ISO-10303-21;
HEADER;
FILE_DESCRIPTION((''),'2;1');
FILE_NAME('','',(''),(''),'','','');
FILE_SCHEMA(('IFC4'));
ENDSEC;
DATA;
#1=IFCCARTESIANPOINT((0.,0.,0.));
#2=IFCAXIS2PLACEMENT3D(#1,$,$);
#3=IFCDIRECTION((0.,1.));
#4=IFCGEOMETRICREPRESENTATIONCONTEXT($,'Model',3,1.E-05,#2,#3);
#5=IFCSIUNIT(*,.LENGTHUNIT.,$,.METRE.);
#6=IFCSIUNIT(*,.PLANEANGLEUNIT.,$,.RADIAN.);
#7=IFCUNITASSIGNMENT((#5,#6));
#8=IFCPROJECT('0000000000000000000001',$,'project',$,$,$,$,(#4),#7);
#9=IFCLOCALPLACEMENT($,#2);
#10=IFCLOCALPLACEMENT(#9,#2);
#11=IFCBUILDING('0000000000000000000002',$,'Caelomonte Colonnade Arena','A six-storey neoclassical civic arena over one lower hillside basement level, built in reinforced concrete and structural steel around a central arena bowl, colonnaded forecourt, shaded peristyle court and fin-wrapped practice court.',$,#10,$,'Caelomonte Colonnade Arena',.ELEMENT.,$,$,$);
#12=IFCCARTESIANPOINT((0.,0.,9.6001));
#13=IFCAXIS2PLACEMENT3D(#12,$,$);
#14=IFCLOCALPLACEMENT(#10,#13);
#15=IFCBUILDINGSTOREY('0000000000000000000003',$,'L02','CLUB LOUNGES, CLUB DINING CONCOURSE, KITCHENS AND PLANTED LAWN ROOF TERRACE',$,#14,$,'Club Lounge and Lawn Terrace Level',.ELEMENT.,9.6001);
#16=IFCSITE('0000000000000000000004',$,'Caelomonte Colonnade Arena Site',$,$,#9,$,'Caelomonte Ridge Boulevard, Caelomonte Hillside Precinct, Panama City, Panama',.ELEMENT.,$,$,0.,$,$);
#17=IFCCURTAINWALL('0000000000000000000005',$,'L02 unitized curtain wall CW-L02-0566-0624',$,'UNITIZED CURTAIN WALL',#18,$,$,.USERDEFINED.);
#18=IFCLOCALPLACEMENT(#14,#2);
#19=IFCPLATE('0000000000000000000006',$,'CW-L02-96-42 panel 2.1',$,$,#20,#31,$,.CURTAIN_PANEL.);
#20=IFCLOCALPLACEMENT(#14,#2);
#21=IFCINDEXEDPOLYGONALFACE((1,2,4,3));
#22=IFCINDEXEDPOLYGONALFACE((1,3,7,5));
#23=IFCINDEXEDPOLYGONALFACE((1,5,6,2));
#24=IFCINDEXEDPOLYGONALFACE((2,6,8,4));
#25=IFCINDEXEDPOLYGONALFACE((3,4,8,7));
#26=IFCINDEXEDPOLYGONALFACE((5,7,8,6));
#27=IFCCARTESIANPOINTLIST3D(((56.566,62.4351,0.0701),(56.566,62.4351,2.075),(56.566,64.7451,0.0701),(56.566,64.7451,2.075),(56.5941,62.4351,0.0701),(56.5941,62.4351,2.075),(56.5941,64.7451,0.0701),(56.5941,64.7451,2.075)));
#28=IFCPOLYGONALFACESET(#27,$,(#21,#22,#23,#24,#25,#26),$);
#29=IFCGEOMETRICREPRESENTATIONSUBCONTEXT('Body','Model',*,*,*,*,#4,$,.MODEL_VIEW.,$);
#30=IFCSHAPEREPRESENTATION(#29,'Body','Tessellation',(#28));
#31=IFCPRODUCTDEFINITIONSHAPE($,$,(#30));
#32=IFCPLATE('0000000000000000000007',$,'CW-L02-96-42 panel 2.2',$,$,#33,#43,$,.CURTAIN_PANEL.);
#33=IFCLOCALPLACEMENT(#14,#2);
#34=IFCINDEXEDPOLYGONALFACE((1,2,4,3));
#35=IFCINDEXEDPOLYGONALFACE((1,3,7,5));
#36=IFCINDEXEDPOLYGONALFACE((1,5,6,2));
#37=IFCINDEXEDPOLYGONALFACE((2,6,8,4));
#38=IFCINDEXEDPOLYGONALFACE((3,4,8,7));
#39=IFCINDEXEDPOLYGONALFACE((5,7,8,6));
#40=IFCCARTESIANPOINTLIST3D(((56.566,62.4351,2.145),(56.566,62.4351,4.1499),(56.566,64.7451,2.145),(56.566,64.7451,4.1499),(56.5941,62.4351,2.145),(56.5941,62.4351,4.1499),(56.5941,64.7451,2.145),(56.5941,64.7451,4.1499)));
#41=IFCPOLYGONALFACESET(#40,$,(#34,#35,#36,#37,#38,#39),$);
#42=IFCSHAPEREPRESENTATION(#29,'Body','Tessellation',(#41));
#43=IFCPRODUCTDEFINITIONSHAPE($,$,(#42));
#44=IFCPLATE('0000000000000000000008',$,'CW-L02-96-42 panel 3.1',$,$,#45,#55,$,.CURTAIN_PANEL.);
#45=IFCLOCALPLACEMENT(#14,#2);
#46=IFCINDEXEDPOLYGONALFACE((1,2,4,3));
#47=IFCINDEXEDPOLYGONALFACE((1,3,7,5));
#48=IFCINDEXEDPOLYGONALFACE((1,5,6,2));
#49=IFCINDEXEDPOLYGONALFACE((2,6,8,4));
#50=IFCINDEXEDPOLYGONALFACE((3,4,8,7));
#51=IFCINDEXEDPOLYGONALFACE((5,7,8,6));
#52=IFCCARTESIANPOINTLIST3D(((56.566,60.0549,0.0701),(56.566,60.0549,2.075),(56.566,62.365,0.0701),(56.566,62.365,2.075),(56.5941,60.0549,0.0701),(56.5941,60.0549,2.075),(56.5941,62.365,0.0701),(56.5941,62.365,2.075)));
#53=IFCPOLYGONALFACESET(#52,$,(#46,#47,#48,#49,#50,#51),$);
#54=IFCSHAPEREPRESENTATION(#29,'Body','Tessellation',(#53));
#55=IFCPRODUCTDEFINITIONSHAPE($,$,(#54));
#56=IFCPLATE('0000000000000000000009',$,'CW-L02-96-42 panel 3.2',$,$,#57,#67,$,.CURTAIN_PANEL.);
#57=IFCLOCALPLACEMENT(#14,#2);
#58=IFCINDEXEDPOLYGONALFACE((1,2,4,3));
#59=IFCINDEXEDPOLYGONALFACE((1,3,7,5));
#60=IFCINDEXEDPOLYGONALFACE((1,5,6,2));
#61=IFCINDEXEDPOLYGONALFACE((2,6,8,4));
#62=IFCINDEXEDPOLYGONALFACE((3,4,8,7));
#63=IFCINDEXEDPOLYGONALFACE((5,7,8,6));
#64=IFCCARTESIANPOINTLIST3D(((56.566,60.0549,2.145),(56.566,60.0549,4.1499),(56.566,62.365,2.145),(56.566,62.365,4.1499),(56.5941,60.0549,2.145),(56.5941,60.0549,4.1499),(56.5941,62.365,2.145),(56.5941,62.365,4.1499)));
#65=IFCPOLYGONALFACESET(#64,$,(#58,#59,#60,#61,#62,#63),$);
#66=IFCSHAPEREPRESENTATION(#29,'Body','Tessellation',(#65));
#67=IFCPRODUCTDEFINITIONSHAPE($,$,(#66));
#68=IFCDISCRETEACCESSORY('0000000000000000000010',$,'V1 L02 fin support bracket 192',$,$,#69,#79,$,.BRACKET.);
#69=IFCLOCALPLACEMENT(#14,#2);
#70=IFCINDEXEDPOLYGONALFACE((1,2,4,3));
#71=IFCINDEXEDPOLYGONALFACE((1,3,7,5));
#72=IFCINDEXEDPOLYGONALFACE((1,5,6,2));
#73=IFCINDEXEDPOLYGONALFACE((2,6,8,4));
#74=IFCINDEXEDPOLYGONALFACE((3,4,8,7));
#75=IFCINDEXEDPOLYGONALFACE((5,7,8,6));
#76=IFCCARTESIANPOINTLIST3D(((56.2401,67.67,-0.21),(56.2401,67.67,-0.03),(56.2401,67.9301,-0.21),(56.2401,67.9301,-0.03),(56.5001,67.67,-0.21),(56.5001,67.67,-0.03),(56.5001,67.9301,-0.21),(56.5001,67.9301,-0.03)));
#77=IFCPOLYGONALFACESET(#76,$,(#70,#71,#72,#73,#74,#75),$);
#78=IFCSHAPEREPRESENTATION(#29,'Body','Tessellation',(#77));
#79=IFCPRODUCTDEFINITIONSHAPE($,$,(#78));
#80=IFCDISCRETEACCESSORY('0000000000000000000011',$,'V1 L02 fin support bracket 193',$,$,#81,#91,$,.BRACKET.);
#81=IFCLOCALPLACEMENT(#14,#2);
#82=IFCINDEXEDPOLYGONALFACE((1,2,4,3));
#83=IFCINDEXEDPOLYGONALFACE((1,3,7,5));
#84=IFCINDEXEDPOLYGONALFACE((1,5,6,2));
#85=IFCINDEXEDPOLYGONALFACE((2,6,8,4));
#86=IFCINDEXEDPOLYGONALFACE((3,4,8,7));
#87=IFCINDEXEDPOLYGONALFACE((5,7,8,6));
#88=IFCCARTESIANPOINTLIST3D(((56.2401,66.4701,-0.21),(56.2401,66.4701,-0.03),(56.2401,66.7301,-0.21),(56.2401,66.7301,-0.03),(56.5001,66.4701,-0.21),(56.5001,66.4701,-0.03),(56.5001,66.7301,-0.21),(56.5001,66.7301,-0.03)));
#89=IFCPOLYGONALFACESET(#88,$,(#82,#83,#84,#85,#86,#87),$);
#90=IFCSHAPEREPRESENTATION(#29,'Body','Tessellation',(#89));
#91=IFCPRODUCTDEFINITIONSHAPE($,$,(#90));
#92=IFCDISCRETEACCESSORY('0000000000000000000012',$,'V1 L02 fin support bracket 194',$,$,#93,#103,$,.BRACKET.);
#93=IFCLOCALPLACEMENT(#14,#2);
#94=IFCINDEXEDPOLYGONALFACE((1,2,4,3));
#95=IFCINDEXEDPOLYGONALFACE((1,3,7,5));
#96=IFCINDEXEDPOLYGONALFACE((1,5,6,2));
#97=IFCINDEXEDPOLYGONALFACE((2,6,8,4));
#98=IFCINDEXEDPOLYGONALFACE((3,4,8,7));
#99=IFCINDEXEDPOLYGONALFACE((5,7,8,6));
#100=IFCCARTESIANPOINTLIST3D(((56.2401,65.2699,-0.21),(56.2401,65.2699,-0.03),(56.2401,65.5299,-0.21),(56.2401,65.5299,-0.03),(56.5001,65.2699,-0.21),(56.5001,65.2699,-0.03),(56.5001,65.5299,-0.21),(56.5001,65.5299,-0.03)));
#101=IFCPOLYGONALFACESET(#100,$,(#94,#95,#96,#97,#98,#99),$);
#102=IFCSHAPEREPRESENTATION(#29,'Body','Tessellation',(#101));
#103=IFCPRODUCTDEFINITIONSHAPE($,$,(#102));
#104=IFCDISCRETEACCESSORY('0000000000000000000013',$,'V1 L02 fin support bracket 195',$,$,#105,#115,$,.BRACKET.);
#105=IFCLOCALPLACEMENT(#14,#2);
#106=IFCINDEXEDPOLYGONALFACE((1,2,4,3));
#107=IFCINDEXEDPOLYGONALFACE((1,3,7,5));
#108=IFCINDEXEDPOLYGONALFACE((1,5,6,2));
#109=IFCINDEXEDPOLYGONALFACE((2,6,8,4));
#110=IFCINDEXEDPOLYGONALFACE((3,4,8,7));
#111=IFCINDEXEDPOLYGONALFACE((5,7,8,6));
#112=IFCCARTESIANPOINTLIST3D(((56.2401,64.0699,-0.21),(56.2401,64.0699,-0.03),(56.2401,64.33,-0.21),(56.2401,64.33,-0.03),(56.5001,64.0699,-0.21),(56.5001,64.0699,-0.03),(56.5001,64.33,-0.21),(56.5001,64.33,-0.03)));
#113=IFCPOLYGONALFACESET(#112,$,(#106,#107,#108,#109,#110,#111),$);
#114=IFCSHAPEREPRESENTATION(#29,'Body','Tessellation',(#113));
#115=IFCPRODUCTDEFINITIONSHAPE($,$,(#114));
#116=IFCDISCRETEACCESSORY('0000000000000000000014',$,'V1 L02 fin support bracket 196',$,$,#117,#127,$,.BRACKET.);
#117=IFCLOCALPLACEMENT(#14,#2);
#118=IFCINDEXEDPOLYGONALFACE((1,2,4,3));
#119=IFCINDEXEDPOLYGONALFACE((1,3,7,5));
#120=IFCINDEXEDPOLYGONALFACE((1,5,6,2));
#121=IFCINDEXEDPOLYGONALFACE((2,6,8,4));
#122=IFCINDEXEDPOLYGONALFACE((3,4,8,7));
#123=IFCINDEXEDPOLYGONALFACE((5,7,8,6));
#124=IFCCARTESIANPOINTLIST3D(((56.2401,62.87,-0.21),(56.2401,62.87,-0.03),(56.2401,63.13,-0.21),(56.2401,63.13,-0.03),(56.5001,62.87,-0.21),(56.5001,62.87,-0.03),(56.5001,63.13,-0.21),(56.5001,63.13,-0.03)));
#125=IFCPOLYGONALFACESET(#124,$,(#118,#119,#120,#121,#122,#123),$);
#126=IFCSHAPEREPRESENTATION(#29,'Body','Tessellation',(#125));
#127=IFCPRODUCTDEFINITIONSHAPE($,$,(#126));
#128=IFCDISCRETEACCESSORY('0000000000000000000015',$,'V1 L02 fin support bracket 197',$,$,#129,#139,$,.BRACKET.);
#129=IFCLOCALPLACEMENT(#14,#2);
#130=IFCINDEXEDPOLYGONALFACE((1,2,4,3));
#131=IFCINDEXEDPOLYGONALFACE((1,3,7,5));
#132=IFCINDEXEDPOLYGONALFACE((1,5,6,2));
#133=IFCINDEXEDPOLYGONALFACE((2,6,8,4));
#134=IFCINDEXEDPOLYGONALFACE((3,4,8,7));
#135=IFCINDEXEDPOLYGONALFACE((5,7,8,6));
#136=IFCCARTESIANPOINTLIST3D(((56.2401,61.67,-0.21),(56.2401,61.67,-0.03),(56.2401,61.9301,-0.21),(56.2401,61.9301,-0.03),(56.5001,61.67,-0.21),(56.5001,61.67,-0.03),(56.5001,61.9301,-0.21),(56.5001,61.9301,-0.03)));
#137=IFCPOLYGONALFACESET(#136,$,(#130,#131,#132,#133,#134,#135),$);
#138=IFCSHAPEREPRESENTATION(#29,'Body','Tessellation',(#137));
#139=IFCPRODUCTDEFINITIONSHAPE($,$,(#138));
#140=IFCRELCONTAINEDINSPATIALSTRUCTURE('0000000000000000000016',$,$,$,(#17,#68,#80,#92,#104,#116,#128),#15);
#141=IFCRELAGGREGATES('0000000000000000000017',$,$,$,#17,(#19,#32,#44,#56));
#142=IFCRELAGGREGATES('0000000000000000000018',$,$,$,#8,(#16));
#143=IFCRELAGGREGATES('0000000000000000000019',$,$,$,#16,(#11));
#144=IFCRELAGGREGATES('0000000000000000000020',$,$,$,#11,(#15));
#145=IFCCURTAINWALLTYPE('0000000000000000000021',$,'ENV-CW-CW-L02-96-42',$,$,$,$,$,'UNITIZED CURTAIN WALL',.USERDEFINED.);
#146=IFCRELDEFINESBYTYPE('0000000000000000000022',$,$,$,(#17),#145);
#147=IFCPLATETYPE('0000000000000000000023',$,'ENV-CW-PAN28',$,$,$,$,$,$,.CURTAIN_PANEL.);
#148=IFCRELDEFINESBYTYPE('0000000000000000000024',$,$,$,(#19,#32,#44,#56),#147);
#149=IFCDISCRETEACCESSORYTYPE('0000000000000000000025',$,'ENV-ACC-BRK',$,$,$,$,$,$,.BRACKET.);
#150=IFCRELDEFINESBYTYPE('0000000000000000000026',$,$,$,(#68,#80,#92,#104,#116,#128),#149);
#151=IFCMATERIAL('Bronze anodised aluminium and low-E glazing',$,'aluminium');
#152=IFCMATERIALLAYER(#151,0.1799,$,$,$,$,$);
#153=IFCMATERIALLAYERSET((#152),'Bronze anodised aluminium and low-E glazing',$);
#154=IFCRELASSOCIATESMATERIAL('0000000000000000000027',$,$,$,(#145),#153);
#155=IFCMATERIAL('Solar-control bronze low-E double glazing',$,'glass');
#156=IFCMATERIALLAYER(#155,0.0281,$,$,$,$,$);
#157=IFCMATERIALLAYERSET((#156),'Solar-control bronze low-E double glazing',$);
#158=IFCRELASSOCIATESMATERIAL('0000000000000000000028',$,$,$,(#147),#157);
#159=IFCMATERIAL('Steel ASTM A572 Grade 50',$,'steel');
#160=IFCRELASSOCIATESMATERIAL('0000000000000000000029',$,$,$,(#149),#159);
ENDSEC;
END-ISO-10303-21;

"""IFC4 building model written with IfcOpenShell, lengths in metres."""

from ifc_helpers import new_model, si_unit, direction, frame, origin, origin_2d, place, context, subcontext, project, spatial, rectangle, extrude, material, layer, layer_set, type_object, element, aggregate, save


model = new_model("IFC4")

# Units and contexts
model_context = context("Model", 3, precision=1e-05, world=origin(), true_north=direction((0.0, 1.0)))
body_context = subcontext(model_context, "Body", "Model", "MODEL_VIEW")
ifc_project = project(units=[si_unit("LENGTHUNIT", "METRE"), si_unit("PLANEANGLEUNIT", "RADIAN")], contexts=[model_context])

# Site, building, storey
site_placement = place(None, origin())
site = spatial("IfcSite", under=ifc_project, at=site_placement, Name="Caelomonte Colonnade Arena Site", LongName="Caelomonte Ridge Boulevard, Caelomonte Hillside Precinct, Panama City, Panama", CompositionType="ELEMENT", RefElevation=0.0)
building_placement = place(site_placement, origin())
building = spatial("IfcBuilding", under=site, at=building_placement, Name="Caelomonte Colonnade Arena", Description="A six-storey neoclassical civic arena over one lower hillside basement level, built in reinforced concrete and structural steel around a central arena bowl, colonnaded forecourt, shaded peristyle court and fin-wrapped practice court.", LongName="Caelomonte Colonnade Arena", CompositionType="ELEMENT")
storey_placement = place(building_placement, frame((0.0, 0.0, 9.6001)))
storey = spatial("IfcBuildingStorey", under=building, at=storey_placement, Name="L02", Description="CLUB LOUNGES, CLUB DINING CONCOURSE, KITCHENS AND PLANTED LAWN ROOF TERRACE", LongName="Club Lounge and Lawn Terrace Level", CompositionType="ELEMENT", Elevation=9.6001)

# Curtain wall, plates
ifc_material_1 = material(Name="Bronze anodised aluminium and low-E glazing", Category="aluminium")
ifc_layer_1 = layer(ifc_material_1, 0.1799)
ifc_layer_set_1 = layer_set([ifc_layer_1], Name="Bronze anodised aluminium and low-E glazing")
curtain_wall_type = type_object("IfcCurtainWallType", Name="ENV-CW-CW-L02-96-42", ElementType="UNITIZED CURTAIN WALL", PredefinedType="USERDEFINED", material=ifc_layer_set_1)
curtain_wall_placement = place(storey_placement, origin())
curtain_wall = element("IfcCurtainWall", 1, at=curtain_wall_placement, inside=storey, type_object=curtain_wall_type, Name="L02 unitized curtain wall CW-L02-0566-0624", ObjectType="UNITIZED CURTAIN WALL", PredefinedType="USERDEFINED")
ifc_material_2 = material(Name="Solar-control bronze low-E double glazing", Category="glass")
ifc_layer_2 = layer(ifc_material_2, 0.0281)
ifc_layer_set_2 = layer_set([ifc_layer_2], Name="Solar-control bronze low-E double glazing")
plate_type = type_object("IfcPlateType", Name="ENV-CW-PAN28", PredefinedType="CURTAIN_PANEL", material=ifc_layer_set_2)
plate_1_placement = place(storey_placement, frame((56.5801, 63.5901, 0.0701), z_axis=(0.0, 0.0, 1.0), x_axis=(0.0, -1.0, 0.0)))
plate_1 = element("IfcPlate", 2, at=plate_1_placement, type_object=plate_type, Name="CW-L02-96-42 panel 2.1", PredefinedType="CURTAIN_PANEL", context=body_context, shape_type="SweptSolid", body=[
    extrude(rectangle(XDim=2.3101, YDim=0.0281, at=origin_2d()), origin(), (0.0, 0.0, 1.0), 2.0049),
])
plate_2_placement = place(storey_placement, frame((56.5801, 63.5901, 2.145), z_axis=(0.0, 0.0, 1.0), x_axis=(0.0, -1.0, 0.0)))
plate_2 = element("IfcPlate", 3, at=plate_2_placement, type_object=plate_type, Name="CW-L02-96-42 panel 2.2", PredefinedType="CURTAIN_PANEL", context=body_context, shape_type="SweptSolid", body=[
    extrude(rectangle(XDim=2.3101, YDim=0.0281, at=origin_2d()), origin(), (0.0, 0.0, 1.0), 2.0049),
])
plate_3_placement = place(storey_placement, frame((56.5801, 61.21, 0.0701), z_axis=(0.0, 0.0, 1.0), x_axis=(0.0, -1.0, 0.0)))
plate_3 = element("IfcPlate", 4, at=plate_3_placement, type_object=plate_type, Name="CW-L02-96-42 panel 3.1", PredefinedType="CURTAIN_PANEL", context=body_context, shape_type="SweptSolid", body=[
    extrude(rectangle(XDim=2.3101, YDim=0.0281, at=origin_2d()), origin(), (0.0, 0.0, 1.0), 2.0049),
])
plate_4_placement = place(storey_placement, frame((56.5801, 61.21, 2.145), z_axis=(0.0, 0.0, 1.0), x_axis=(0.0, -1.0, 0.0)))
plate_4 = element("IfcPlate", 5, at=plate_4_placement, type_object=plate_type, Name="CW-L02-96-42 panel 3.2", PredefinedType="CURTAIN_PANEL", context=body_context, shape_type="SweptSolid", body=[
    extrude(rectangle(XDim=2.3101, YDim=0.0281, at=origin_2d()), origin(), (0.0, 0.0, 1.0), 2.0049),
])
aggregate(curtain_wall, [plate_1, plate_2, plate_3, plate_4])

# Discrete accessories
ifc_material_3 = material(Name="Steel ASTM A572 Grade 50", Category="steel")
discrete_accessory_type = type_object("IfcDiscreteAccessoryType", Name="ENV-ACC-BRK", PredefinedType="BRACKET", material=ifc_material_3)
for number, where, z_axis, x_axis, name in (
    (6, (56.3701, 67.8, -0.21), (0.0, 0.0, 1.0), (0.0, -1.0, 0.0), "V1 L02 fin support bracket 192"),
    (7, (56.3701, 66.6001, -0.21), (0.0, 0.0, 1.0), (0.0, -1.0, 0.0), "V1 L02 fin support bracket 193"),
    (8, (56.3701, 65.3999, -0.21), (0.0, 0.0, 1.0), (0.0, -1.0, 0.0), "V1 L02 fin support bracket 194"),
    (9, (56.3701, 64.2, -0.21), (0.0, 0.0, 1.0), (0.0, -1.0, 0.0), "V1 L02 fin support bracket 195"),
    (10, (56.3701, 63.0, -0.21), (0.0, 0.0, 1.0), (0.0, -1.0, 0.0), "V1 L02 fin support bracket 196"),
    (11, (56.3701, 61.8, -0.21), (0.0, 0.0, 1.0), (0.0, -1.0, 0.0), "V1 L02 fin support bracket 197"),
):
    element("IfcDiscreteAccessory", number, at=place(storey_placement, frame(where, z_axis=z_axis, x_axis=x_axis)), inside=storey, type_object=discrete_accessory_type, Name=name, PredefinedType="BRACKET", context=body_context, shape_type="SweptSolid", body=[
        extrude(rectangle(XDim=0.26, YDim=0.26, at=origin_2d()), origin(), (0.0, 0.0, 1.0), 0.1799),
    ])

save(model, "model.ifc")
